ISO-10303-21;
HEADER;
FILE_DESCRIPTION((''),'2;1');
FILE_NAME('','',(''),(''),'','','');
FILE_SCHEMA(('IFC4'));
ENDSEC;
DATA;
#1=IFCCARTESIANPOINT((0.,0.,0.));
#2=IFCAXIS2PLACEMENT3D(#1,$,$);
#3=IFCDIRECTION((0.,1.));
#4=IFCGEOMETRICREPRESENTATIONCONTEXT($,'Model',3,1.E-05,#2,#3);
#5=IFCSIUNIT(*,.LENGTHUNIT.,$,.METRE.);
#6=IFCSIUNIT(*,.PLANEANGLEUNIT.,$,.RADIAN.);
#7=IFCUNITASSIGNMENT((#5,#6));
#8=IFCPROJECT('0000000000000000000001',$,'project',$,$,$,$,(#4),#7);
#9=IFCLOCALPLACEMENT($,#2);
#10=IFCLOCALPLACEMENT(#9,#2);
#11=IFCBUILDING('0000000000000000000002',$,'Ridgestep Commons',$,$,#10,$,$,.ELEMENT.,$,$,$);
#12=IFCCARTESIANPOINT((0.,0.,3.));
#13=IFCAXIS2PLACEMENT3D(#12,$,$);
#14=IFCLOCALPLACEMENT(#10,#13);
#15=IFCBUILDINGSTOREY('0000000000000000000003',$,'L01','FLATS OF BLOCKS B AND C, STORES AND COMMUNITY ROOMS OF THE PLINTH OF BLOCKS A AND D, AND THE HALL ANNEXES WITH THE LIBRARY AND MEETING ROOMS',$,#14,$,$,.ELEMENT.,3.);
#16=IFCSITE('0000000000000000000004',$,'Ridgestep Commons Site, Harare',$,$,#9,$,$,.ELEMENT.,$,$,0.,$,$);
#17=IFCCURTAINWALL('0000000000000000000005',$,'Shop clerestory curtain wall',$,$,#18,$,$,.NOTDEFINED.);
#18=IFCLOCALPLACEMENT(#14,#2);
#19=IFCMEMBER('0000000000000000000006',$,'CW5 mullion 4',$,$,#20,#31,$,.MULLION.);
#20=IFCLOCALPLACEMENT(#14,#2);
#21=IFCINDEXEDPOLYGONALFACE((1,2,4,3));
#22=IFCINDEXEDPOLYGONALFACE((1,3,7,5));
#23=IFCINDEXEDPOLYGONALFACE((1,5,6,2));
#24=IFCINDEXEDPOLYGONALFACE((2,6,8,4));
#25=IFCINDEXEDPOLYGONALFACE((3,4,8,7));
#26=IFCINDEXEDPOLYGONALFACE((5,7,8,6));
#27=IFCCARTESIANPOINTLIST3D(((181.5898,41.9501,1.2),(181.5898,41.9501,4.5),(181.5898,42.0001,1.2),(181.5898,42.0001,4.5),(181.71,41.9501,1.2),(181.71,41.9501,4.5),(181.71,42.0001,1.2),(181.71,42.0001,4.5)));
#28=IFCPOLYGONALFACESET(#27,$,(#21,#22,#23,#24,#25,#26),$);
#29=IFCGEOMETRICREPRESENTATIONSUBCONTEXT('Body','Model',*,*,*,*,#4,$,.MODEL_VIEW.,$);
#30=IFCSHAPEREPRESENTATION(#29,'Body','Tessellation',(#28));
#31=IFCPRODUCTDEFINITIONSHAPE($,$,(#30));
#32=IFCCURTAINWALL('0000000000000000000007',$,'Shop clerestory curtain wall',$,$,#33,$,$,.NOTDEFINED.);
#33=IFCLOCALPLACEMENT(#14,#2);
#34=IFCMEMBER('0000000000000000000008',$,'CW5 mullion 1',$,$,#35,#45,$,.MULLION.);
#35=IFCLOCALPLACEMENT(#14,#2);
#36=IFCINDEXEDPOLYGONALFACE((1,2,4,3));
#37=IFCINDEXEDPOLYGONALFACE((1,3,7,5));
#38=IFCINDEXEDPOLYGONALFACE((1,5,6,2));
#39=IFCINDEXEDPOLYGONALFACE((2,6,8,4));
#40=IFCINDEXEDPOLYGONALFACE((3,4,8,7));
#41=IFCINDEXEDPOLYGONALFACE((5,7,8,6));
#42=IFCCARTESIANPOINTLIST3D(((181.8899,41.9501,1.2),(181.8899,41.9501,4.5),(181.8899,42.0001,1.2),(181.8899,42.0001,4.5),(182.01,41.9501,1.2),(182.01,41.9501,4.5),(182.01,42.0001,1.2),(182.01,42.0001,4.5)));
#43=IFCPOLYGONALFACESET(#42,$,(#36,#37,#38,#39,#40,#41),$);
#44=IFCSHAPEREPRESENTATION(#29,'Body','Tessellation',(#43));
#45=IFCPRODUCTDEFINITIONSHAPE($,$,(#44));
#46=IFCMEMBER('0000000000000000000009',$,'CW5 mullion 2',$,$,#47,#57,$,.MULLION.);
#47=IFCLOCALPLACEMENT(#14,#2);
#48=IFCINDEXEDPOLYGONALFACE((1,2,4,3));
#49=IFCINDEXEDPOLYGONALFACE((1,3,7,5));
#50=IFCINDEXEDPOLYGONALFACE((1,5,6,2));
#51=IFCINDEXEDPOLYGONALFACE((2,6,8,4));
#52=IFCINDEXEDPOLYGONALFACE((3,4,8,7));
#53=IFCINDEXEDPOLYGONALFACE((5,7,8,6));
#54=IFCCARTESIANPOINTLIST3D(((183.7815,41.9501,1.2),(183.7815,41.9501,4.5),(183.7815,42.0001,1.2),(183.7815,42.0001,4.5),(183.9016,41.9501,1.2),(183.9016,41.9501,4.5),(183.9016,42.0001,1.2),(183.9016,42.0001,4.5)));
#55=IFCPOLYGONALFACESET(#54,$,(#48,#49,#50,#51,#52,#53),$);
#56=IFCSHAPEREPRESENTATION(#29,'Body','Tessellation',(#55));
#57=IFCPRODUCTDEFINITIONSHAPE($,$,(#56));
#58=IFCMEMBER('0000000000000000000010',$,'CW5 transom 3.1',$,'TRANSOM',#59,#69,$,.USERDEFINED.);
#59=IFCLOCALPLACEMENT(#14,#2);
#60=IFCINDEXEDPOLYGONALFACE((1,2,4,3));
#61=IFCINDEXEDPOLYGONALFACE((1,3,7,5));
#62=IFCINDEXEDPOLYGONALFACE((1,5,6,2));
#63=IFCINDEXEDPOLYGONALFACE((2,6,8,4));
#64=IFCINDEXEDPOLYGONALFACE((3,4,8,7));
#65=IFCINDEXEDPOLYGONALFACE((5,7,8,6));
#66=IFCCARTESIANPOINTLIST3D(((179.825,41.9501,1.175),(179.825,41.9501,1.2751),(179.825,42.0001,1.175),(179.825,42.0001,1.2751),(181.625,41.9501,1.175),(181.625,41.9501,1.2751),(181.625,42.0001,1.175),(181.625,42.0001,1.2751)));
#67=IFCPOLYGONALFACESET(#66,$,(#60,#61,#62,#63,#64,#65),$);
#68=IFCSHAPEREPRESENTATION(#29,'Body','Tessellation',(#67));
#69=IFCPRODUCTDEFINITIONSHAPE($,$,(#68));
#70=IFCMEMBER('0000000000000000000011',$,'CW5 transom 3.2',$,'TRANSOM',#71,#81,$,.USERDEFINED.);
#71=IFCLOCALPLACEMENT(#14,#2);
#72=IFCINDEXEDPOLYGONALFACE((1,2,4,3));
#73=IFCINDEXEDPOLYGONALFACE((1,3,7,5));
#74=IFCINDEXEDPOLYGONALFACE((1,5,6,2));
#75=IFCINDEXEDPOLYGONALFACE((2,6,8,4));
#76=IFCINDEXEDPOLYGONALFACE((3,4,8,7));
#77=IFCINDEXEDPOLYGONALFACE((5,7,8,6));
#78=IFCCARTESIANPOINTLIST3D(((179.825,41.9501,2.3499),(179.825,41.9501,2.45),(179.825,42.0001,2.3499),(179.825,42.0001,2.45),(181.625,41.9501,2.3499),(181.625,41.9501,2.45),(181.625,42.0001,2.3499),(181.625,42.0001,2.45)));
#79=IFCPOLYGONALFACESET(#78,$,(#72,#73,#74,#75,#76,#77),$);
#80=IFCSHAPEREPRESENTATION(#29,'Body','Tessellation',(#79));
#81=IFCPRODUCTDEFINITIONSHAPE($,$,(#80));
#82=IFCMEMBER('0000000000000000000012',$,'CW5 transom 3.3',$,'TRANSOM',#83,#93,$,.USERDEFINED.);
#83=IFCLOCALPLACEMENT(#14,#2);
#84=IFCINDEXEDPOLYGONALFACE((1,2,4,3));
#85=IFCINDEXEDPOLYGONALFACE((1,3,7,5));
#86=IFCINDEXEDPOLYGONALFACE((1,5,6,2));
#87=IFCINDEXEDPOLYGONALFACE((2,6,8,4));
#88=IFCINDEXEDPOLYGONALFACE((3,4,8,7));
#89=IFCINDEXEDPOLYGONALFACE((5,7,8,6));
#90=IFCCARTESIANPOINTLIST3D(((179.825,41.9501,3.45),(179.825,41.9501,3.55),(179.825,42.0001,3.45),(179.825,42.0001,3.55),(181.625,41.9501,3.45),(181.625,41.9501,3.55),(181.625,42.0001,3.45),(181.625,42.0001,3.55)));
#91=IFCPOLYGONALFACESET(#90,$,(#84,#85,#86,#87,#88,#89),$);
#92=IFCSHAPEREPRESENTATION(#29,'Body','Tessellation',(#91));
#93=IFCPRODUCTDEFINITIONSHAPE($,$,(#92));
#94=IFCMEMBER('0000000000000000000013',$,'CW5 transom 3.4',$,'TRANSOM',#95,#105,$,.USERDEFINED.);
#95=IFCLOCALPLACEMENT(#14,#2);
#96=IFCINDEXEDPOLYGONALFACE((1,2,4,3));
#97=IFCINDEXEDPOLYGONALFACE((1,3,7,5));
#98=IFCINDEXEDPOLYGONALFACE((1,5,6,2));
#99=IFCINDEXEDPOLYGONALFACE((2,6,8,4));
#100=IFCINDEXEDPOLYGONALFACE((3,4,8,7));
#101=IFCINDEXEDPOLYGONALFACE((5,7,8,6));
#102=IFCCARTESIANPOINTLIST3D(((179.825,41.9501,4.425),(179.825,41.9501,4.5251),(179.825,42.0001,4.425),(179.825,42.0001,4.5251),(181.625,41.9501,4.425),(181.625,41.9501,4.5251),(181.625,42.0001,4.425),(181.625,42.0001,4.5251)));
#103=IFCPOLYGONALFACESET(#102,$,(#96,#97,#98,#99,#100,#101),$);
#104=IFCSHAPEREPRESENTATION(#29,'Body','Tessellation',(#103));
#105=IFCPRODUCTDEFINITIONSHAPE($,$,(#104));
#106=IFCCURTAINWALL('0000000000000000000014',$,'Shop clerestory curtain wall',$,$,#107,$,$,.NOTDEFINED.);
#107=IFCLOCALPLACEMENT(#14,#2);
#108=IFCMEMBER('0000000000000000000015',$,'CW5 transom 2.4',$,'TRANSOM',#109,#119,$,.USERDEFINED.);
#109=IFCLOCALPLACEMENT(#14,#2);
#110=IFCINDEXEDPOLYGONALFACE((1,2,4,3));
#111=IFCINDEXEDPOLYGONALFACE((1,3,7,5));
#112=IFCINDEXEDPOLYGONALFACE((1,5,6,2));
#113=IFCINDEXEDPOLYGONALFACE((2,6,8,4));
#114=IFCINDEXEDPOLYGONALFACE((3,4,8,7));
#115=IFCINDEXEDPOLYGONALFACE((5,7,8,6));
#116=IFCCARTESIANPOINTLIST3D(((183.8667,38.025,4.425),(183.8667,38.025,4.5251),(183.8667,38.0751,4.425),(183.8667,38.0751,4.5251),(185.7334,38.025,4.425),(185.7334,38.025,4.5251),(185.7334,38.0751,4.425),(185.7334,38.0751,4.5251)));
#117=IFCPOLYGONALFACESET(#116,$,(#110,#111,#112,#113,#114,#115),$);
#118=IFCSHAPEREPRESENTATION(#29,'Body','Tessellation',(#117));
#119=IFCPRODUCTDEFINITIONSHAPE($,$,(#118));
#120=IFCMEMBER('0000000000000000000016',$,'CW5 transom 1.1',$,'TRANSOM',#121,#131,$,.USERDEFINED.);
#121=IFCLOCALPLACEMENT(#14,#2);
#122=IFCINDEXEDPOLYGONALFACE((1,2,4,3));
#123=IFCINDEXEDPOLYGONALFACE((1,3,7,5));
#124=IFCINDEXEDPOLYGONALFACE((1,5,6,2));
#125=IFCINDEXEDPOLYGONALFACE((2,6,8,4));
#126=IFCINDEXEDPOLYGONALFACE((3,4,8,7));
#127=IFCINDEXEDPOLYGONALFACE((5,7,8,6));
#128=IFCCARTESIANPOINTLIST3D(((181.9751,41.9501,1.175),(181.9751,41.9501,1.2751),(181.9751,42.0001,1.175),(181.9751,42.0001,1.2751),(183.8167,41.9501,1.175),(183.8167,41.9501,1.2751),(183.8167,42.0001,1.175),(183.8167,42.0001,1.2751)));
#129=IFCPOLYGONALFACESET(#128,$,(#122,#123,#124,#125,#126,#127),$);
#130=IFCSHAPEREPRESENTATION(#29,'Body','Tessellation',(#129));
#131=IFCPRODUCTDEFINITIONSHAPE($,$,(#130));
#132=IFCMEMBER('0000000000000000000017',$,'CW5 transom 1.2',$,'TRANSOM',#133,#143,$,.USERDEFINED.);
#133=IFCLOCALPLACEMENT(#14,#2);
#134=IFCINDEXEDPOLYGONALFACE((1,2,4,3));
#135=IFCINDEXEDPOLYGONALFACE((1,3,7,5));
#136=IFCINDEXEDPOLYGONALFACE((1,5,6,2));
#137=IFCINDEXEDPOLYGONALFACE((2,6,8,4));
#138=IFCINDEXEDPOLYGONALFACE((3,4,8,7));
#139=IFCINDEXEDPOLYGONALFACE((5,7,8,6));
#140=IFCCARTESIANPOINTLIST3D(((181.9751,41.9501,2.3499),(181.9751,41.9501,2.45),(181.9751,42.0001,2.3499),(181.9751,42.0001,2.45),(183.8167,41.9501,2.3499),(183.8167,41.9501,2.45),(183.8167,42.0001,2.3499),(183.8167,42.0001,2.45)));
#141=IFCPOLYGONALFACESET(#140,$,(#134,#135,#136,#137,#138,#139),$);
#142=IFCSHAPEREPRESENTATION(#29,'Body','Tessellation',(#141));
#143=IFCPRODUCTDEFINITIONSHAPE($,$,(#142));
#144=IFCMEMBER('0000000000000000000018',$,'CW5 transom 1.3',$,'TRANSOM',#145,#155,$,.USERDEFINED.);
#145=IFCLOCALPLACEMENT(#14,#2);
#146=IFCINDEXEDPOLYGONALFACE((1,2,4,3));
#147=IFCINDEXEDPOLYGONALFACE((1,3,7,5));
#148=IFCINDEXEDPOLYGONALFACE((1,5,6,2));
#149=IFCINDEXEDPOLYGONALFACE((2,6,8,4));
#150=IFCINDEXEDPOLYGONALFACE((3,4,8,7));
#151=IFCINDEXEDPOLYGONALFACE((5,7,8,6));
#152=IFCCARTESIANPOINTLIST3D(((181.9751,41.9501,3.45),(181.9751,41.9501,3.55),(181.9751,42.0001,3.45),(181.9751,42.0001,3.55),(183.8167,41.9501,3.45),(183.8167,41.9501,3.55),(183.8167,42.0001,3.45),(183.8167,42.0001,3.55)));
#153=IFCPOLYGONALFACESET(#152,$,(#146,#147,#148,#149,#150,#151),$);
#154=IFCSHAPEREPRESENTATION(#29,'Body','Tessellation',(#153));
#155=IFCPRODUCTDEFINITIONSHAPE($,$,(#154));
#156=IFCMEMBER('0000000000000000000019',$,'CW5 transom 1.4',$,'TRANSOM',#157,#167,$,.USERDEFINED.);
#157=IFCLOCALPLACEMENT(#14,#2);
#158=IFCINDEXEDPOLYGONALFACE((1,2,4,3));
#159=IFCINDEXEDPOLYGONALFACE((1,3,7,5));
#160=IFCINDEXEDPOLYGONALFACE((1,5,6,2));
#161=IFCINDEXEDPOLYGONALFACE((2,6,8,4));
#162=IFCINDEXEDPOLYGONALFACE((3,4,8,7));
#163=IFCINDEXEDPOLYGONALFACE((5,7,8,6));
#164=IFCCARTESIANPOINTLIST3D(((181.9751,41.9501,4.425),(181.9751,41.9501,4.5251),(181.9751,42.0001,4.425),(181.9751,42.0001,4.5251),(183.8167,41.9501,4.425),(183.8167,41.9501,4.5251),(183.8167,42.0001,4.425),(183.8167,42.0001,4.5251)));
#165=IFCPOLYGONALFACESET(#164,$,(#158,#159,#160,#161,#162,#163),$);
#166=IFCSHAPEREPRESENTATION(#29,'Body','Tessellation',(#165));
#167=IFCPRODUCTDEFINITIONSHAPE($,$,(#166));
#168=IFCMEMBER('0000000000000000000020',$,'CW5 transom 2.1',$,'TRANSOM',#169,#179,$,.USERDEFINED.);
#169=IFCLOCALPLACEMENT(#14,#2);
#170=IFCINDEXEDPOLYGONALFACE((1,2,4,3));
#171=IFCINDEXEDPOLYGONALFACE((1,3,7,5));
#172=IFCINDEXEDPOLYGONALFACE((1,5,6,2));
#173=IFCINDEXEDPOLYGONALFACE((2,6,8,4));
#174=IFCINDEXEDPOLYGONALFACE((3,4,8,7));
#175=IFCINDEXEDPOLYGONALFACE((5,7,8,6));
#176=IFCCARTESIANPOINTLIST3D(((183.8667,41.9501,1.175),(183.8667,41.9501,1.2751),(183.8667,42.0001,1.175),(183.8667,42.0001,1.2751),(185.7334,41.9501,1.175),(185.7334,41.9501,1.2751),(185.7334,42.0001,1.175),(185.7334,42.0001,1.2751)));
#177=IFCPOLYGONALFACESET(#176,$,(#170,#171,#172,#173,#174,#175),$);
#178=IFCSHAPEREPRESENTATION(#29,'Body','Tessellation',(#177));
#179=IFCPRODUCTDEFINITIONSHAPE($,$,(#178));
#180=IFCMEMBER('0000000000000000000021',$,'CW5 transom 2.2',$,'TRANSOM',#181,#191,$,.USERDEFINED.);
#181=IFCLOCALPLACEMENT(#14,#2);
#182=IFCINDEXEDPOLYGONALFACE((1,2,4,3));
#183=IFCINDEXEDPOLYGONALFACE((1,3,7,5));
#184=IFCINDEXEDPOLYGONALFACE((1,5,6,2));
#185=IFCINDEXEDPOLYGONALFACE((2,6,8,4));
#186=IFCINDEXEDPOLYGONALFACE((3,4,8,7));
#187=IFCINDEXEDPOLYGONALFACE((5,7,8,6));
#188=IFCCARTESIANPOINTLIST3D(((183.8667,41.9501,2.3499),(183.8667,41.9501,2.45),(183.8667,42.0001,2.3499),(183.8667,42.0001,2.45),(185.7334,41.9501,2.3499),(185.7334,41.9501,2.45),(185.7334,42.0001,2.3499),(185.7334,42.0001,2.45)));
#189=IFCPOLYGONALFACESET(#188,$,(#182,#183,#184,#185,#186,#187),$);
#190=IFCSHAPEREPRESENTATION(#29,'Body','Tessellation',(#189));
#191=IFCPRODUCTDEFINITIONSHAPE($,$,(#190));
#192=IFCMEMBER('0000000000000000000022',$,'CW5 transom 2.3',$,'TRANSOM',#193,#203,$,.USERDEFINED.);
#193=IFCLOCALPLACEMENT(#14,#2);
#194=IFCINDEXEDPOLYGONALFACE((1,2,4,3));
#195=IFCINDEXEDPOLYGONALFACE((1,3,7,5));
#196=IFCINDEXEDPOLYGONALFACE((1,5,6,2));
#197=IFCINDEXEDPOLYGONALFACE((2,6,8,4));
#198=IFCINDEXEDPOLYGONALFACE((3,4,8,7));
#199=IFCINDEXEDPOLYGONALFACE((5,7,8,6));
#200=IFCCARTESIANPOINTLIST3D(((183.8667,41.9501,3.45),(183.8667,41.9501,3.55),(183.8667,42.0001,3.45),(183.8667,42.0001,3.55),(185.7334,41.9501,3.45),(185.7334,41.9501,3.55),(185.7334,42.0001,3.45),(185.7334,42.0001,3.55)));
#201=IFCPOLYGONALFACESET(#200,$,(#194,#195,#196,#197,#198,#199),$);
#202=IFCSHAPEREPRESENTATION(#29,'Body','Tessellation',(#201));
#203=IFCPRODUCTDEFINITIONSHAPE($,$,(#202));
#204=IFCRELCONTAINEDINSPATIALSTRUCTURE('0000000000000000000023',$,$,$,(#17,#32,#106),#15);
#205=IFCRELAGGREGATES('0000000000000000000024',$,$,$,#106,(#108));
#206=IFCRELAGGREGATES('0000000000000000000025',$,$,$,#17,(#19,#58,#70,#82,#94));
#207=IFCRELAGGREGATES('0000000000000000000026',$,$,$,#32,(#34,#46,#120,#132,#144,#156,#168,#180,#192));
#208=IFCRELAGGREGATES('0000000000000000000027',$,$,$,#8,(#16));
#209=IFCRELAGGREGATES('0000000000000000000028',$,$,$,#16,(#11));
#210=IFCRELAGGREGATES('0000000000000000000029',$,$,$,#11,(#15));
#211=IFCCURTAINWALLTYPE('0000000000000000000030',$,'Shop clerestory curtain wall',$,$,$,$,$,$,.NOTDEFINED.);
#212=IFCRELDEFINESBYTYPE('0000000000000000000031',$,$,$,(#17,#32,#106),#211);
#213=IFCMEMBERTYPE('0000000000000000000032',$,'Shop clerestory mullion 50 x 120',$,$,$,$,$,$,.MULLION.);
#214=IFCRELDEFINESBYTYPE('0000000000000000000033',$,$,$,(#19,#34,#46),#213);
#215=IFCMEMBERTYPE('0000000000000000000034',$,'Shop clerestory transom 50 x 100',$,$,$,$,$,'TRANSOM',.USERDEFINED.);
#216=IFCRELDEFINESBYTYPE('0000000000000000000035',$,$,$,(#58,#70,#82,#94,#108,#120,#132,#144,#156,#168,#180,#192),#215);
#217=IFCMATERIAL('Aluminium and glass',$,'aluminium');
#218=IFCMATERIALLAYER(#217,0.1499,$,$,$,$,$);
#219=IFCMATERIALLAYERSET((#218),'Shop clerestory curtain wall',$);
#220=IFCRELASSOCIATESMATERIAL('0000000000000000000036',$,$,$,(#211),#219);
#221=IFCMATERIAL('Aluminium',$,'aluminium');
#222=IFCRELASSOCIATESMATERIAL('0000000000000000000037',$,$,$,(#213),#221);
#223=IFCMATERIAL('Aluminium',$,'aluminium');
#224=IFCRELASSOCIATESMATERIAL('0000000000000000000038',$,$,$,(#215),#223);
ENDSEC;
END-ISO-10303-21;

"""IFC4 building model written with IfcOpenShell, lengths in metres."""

from ifc_helpers import new_model, si_unit, direction, frame, origin, origin_2d, place, context, subcontext, project, spatial, rectangle, extrude, material, layer, layer_set, material_profile, profile_set, type_object, element, aggregate, save


model = new_model("IFC4")

# Units and contexts
model_context = context("Model", 3, precision=1e-05, world=origin(), true_north=direction((0.0, 1.0)))
body_context = subcontext(model_context, "Body", "Model", "MODEL_VIEW")
ifc_project = project(units=[si_unit("LENGTHUNIT", "METRE"), si_unit("PLANEANGLEUNIT", "RADIAN")], contexts=[model_context])

# Site, building, storey
site_placement = place(None, origin())
site = spatial("IfcSite", under=ifc_project, at=site_placement, Name="Ridgestep Commons Site, Harare", CompositionType="ELEMENT", RefElevation=0.0)
building_placement = place(site_placement, origin())
building = spatial("IfcBuilding", under=site, at=building_placement, Name="Ridgestep Commons", CompositionType="ELEMENT")
storey_placement = place(building_placement, frame((0.0, 0.0, 3.0)))
storey = spatial("IfcBuildingStorey", under=building, at=storey_placement, Name="L01", Description="FLATS OF BLOCKS B AND C, STORES AND COMMUNITY ROOMS OF THE PLINTH OF BLOCKS A AND D, AND THE HALL ANNEXES WITH THE LIBRARY AND MEETING ROOMS", CompositionType="ELEMENT", Elevation=3.0)

# Curtain wall, member
ifc_material_1 = material(Name="Aluminium and glass", Category="aluminium")
ifc_layer_1 = layer(ifc_material_1, 0.1499)
ifc_layer_set_1 = layer_set([ifc_layer_1], Name="Shop clerestory curtain wall")
curtain_wall_type = type_object("IfcCurtainWallType", Name="Shop clerestory curtain wall", PredefinedType="NOTDEFINED", material=ifc_layer_set_1)
curtain_wall_1_placement = place(storey_placement, origin())
curtain_wall_1 = element("IfcCurtainWall", 1, at=curtain_wall_1_placement, inside=storey, type_object=curtain_wall_type, Name="Shop clerestory curtain wall", PredefinedType="NOTDEFINED")
ifc_material_2 = material(Name="Aluminium", Category="aluminium")
ifc_material_profile_1 = material_profile(ifc_material_2, rectangle(XDim=0.05, YDim=0.1201, at=origin_2d()), Name="Shop clerestory mullion 50 x 120")
ifc_profile_set_1 = profile_set([ifc_material_profile_1], Name="Aluminium")
member_type_1 = type_object("IfcMemberType", Name="Shop clerestory mullion 50 x 120", PredefinedType="MULLION", material=ifc_profile_set_1)
member_1_placement = place(storey_placement, frame((181.6499, 41.9751, 1.2), z_axis=(0.0, 0.0, 1.0), x_axis=(0.0, 1.0, 0.0)))
member_1 = element("IfcMember", 2, at=member_1_placement, type_object=member_type_1, Name="CW5 mullion 4", PredefinedType="MULLION", context=body_context, shape_type="SweptSolid", body=[
    extrude(rectangle(XDim=0.05, YDim=0.1201, at=origin_2d()), origin(), (0.0, 0.0, 1.0), 3.3),
])

# Curtain wall, members
curtain_wall_2_placement = place(storey_placement, origin())
curtain_wall_2 = element("IfcCurtainWall", 3, at=curtain_wall_2_placement, inside=storey, type_object=curtain_wall_type, Name="Shop clerestory curtain wall", PredefinedType="NOTDEFINED")
member_2_placement = place(storey_placement, frame((181.95, 41.9751, 1.2), z_axis=(0.0, 0.0, 1.0), x_axis=(0.0, 1.0, 0.0)))
member_2 = element("IfcMember", 4, at=member_2_placement, type_object=member_type_1, Name="CW5 mullion 1", PredefinedType="MULLION", context=body_context, shape_type="SweptSolid", body=[
    extrude(rectangle(XDim=0.05, YDim=0.1201, at=origin_2d()), origin(), (0.0, 0.0, 1.0), 3.3),
])
member_3_placement = place(storey_placement, frame((183.8416, 41.9751, 1.2), z_axis=(0.0, 0.0, 1.0), x_axis=(0.0, 1.0, 0.0)))
member_3 = element("IfcMember", 5, at=member_3_placement, type_object=member_type_1, Name="CW5 mullion 2", PredefinedType="MULLION", context=body_context, shape_type="SweptSolid", body=[
    extrude(rectangle(XDim=0.05, YDim=0.1201, at=origin_2d()), origin(), (0.0, 0.0, 1.0), 3.3),
])

# Members
ifc_material_3 = material(Name="Aluminium", Category="aluminium")
ifc_material_profile_2 = material_profile(ifc_material_3, rectangle(XDim=0.05, YDim=0.1001, at=origin_2d()), Name="Shop clerestory transom 50 x 100")
ifc_profile_set_2 = profile_set([ifc_material_profile_2], Name="Aluminium")
member_type_2 = type_object("IfcMemberType", Name="Shop clerestory transom 50 x 100", ElementType="TRANSOM", PredefinedType="USERDEFINED", material=ifc_profile_set_2)
member_4_placement = place(storey_placement, frame((179.825, 41.9751, 1.2251), z_axis=(1.0, 0.0, 0.0), x_axis=(0.0, 1.0, 0.0)))
member_4 = element("IfcMember", 6, at=member_4_placement, type_object=member_type_2, Name="CW5 transom 3.1", ObjectType="TRANSOM", PredefinedType="USERDEFINED", context=body_context, shape_type="SweptSolid", body=[
    extrude(rectangle(XDim=0.05, YDim=0.1001, at=origin_2d()), origin(), (0.0, 0.0, 1.0), 1.8),
])
member_5_placement = place(storey_placement, frame((179.825, 41.9751, 2.3999), z_axis=(1.0, 0.0, 0.0), x_axis=(0.0, 1.0, 0.0)))
member_5 = element("IfcMember", 7, at=member_5_placement, type_object=member_type_2, Name="CW5 transom 3.2", ObjectType="TRANSOM", PredefinedType="USERDEFINED", context=body_context, shape_type="SweptSolid", body=[
    extrude(rectangle(XDim=0.05, YDim=0.1001, at=origin_2d()), origin(), (0.0, 0.0, 1.0), 1.8),
])
member_6_placement = place(storey_placement, frame((179.825, 41.9751, 3.5), z_axis=(1.0, 0.0, 0.0), x_axis=(0.0, 1.0, 0.0)))
member_6 = element("IfcMember", 8, at=member_6_placement, type_object=member_type_2, Name="CW5 transom 3.3", ObjectType="TRANSOM", PredefinedType="USERDEFINED", context=body_context, shape_type="SweptSolid", body=[
    extrude(rectangle(XDim=0.05, YDim=0.1001, at=origin_2d()), origin(), (0.0, 0.0, 1.0), 1.8),
])
member_7_placement = place(storey_placement, frame((179.825, 41.9751, 4.4751), z_axis=(1.0, 0.0, 0.0), x_axis=(0.0, 1.0, 0.0)))
member_7 = element("IfcMember", 9, at=member_7_placement, type_object=member_type_2, Name="CW5 transom 3.4", ObjectType="TRANSOM", PredefinedType="USERDEFINED", context=body_context, shape_type="SweptSolid", body=[
    extrude(rectangle(XDim=0.05, YDim=0.1001, at=origin_2d()), origin(), (0.0, 0.0, 1.0), 1.8),
])

# Curtain wall, member
curtain_wall_3_placement = place(storey_placement, origin())
curtain_wall_3 = element("IfcCurtainWall", 10, at=curtain_wall_3_placement, inside=storey, type_object=curtain_wall_type, Name="Shop clerestory curtain wall", PredefinedType="NOTDEFINED")
member_8_placement = place(storey_placement, frame((183.8667, 38.05, 4.4751), z_axis=(1.0, 0.0, 0.0), x_axis=(0.0, 1.0, 0.0)))
member_8 = element("IfcMember", 11, at=member_8_placement, type_object=member_type_2, Name="CW5 transom 2.4", ObjectType="TRANSOM", PredefinedType="USERDEFINED", context=body_context, shape_type="SweptSolid", body=[
    extrude(rectangle(XDim=0.05, YDim=0.1001, at=origin_2d()), origin(), (0.0, 0.0, 1.0), 1.8667),
])
aggregate(curtain_wall_3, [member_8])

# Members
member_9_placement = place(storey_placement, frame((181.9751, 41.9751, 1.2251), z_axis=(1.0, 0.0, 0.0), x_axis=(0.0, 1.0, 0.0)))
member_9 = element("IfcMember", 12, at=member_9_placement, type_object=member_type_2, Name="CW5 transom 1.1", ObjectType="TRANSOM", PredefinedType="USERDEFINED", context=body_context, shape_type="SweptSolid", body=[
    extrude(rectangle(XDim=0.05, YDim=0.1001, at=origin_2d()), origin(), (0.0, 0.0, 1.0), 1.8416),
])
member_10_placement = place(storey_placement, frame((181.9751, 41.9751, 2.3999), z_axis=(1.0, 0.0, 0.0), x_axis=(0.0, 1.0, 0.0)))
member_10 = element("IfcMember", 13, at=member_10_placement, type_object=member_type_2, Name="CW5 transom 1.2", ObjectType="TRANSOM", PredefinedType="USERDEFINED", context=body_context, shape_type="SweptSolid", body=[
    extrude(rectangle(XDim=0.05, YDim=0.1001, at=origin_2d()), origin(), (0.0, 0.0, 1.0), 1.8416),
])
member_11_placement = place(storey_placement, frame((181.9751, 41.9751, 3.5), z_axis=(1.0, 0.0, 0.0), x_axis=(0.0, 1.0, 0.0)))
member_11 = element("IfcMember", 14, at=member_11_placement, type_object=member_type_2, Name="CW5 transom 1.3", ObjectType="TRANSOM", PredefinedType="USERDEFINED", context=body_context, shape_type="SweptSolid", body=[
    extrude(rectangle(XDim=0.05, YDim=0.1001, at=origin_2d()), origin(), (0.0, 0.0, 1.0), 1.8416),
])
member_12_placement = place(storey_placement, frame((181.9751, 41.9751, 4.4751), z_axis=(1.0, 0.0, 0.0), x_axis=(0.0, 1.0, 0.0)))
member_12 = element("IfcMember", 15, at=member_12_placement, type_object=member_type_2, Name="CW5 transom 1.4", ObjectType="TRANSOM", PredefinedType="USERDEFINED", context=body_context, shape_type="SweptSolid", body=[
    extrude(rectangle(XDim=0.05, YDim=0.1001, at=origin_2d()), origin(), (0.0, 0.0, 1.0), 1.8416),
])
member_13_placement = place(storey_placement, frame((183.8667, 41.9751, 1.2251), z_axis=(1.0, 0.0, 0.0), x_axis=(0.0, 1.0, 0.0)))
member_13 = element("IfcMember", 16, at=member_13_placement, type_object=member_type_2, Name="CW5 transom 2.1", ObjectType="TRANSOM", PredefinedType="USERDEFINED", context=body_context, shape_type="SweptSolid", body=[
    extrude(rectangle(XDim=0.05, YDim=0.1001, at=origin_2d()), origin(), (0.0, 0.0, 1.0), 1.8667),
])
member_14_placement = place(storey_placement, frame((183.8667, 41.9751, 2.3999), z_axis=(1.0, 0.0, 0.0), x_axis=(0.0, 1.0, 0.0)))
member_14 = element("IfcMember", 17, at=member_14_placement, type_object=member_type_2, Name="CW5 transom 2.2", ObjectType="TRANSOM", PredefinedType="USERDEFINED", context=body_context, shape_type="SweptSolid", body=[
    extrude(rectangle(XDim=0.05, YDim=0.1001, at=origin_2d()), origin(), (0.0, 0.0, 1.0), 1.8667),
])
member_15_placement = place(storey_placement, frame((183.8667, 41.9751, 3.5), z_axis=(1.0, 0.0, 0.0), x_axis=(0.0, 1.0, 0.0)))
member_15 = element("IfcMember", 18, at=member_15_placement, type_object=member_type_2, Name="CW5 transom 2.3", ObjectType="TRANSOM", PredefinedType="USERDEFINED", context=body_context, shape_type="SweptSolid", body=[
    extrude(rectangle(XDim=0.05, YDim=0.1001, at=origin_2d()), origin(), (0.0, 0.0, 1.0), 1.8667),
])

aggregate(curtain_wall_1, [member_1, member_4, member_5, member_6, member_7])
aggregate(curtain_wall_2, [member_2, member_3, member_9, member_10, member_11, member_12, member_13, member_14, member_15])

save(model, "model.ifc")
